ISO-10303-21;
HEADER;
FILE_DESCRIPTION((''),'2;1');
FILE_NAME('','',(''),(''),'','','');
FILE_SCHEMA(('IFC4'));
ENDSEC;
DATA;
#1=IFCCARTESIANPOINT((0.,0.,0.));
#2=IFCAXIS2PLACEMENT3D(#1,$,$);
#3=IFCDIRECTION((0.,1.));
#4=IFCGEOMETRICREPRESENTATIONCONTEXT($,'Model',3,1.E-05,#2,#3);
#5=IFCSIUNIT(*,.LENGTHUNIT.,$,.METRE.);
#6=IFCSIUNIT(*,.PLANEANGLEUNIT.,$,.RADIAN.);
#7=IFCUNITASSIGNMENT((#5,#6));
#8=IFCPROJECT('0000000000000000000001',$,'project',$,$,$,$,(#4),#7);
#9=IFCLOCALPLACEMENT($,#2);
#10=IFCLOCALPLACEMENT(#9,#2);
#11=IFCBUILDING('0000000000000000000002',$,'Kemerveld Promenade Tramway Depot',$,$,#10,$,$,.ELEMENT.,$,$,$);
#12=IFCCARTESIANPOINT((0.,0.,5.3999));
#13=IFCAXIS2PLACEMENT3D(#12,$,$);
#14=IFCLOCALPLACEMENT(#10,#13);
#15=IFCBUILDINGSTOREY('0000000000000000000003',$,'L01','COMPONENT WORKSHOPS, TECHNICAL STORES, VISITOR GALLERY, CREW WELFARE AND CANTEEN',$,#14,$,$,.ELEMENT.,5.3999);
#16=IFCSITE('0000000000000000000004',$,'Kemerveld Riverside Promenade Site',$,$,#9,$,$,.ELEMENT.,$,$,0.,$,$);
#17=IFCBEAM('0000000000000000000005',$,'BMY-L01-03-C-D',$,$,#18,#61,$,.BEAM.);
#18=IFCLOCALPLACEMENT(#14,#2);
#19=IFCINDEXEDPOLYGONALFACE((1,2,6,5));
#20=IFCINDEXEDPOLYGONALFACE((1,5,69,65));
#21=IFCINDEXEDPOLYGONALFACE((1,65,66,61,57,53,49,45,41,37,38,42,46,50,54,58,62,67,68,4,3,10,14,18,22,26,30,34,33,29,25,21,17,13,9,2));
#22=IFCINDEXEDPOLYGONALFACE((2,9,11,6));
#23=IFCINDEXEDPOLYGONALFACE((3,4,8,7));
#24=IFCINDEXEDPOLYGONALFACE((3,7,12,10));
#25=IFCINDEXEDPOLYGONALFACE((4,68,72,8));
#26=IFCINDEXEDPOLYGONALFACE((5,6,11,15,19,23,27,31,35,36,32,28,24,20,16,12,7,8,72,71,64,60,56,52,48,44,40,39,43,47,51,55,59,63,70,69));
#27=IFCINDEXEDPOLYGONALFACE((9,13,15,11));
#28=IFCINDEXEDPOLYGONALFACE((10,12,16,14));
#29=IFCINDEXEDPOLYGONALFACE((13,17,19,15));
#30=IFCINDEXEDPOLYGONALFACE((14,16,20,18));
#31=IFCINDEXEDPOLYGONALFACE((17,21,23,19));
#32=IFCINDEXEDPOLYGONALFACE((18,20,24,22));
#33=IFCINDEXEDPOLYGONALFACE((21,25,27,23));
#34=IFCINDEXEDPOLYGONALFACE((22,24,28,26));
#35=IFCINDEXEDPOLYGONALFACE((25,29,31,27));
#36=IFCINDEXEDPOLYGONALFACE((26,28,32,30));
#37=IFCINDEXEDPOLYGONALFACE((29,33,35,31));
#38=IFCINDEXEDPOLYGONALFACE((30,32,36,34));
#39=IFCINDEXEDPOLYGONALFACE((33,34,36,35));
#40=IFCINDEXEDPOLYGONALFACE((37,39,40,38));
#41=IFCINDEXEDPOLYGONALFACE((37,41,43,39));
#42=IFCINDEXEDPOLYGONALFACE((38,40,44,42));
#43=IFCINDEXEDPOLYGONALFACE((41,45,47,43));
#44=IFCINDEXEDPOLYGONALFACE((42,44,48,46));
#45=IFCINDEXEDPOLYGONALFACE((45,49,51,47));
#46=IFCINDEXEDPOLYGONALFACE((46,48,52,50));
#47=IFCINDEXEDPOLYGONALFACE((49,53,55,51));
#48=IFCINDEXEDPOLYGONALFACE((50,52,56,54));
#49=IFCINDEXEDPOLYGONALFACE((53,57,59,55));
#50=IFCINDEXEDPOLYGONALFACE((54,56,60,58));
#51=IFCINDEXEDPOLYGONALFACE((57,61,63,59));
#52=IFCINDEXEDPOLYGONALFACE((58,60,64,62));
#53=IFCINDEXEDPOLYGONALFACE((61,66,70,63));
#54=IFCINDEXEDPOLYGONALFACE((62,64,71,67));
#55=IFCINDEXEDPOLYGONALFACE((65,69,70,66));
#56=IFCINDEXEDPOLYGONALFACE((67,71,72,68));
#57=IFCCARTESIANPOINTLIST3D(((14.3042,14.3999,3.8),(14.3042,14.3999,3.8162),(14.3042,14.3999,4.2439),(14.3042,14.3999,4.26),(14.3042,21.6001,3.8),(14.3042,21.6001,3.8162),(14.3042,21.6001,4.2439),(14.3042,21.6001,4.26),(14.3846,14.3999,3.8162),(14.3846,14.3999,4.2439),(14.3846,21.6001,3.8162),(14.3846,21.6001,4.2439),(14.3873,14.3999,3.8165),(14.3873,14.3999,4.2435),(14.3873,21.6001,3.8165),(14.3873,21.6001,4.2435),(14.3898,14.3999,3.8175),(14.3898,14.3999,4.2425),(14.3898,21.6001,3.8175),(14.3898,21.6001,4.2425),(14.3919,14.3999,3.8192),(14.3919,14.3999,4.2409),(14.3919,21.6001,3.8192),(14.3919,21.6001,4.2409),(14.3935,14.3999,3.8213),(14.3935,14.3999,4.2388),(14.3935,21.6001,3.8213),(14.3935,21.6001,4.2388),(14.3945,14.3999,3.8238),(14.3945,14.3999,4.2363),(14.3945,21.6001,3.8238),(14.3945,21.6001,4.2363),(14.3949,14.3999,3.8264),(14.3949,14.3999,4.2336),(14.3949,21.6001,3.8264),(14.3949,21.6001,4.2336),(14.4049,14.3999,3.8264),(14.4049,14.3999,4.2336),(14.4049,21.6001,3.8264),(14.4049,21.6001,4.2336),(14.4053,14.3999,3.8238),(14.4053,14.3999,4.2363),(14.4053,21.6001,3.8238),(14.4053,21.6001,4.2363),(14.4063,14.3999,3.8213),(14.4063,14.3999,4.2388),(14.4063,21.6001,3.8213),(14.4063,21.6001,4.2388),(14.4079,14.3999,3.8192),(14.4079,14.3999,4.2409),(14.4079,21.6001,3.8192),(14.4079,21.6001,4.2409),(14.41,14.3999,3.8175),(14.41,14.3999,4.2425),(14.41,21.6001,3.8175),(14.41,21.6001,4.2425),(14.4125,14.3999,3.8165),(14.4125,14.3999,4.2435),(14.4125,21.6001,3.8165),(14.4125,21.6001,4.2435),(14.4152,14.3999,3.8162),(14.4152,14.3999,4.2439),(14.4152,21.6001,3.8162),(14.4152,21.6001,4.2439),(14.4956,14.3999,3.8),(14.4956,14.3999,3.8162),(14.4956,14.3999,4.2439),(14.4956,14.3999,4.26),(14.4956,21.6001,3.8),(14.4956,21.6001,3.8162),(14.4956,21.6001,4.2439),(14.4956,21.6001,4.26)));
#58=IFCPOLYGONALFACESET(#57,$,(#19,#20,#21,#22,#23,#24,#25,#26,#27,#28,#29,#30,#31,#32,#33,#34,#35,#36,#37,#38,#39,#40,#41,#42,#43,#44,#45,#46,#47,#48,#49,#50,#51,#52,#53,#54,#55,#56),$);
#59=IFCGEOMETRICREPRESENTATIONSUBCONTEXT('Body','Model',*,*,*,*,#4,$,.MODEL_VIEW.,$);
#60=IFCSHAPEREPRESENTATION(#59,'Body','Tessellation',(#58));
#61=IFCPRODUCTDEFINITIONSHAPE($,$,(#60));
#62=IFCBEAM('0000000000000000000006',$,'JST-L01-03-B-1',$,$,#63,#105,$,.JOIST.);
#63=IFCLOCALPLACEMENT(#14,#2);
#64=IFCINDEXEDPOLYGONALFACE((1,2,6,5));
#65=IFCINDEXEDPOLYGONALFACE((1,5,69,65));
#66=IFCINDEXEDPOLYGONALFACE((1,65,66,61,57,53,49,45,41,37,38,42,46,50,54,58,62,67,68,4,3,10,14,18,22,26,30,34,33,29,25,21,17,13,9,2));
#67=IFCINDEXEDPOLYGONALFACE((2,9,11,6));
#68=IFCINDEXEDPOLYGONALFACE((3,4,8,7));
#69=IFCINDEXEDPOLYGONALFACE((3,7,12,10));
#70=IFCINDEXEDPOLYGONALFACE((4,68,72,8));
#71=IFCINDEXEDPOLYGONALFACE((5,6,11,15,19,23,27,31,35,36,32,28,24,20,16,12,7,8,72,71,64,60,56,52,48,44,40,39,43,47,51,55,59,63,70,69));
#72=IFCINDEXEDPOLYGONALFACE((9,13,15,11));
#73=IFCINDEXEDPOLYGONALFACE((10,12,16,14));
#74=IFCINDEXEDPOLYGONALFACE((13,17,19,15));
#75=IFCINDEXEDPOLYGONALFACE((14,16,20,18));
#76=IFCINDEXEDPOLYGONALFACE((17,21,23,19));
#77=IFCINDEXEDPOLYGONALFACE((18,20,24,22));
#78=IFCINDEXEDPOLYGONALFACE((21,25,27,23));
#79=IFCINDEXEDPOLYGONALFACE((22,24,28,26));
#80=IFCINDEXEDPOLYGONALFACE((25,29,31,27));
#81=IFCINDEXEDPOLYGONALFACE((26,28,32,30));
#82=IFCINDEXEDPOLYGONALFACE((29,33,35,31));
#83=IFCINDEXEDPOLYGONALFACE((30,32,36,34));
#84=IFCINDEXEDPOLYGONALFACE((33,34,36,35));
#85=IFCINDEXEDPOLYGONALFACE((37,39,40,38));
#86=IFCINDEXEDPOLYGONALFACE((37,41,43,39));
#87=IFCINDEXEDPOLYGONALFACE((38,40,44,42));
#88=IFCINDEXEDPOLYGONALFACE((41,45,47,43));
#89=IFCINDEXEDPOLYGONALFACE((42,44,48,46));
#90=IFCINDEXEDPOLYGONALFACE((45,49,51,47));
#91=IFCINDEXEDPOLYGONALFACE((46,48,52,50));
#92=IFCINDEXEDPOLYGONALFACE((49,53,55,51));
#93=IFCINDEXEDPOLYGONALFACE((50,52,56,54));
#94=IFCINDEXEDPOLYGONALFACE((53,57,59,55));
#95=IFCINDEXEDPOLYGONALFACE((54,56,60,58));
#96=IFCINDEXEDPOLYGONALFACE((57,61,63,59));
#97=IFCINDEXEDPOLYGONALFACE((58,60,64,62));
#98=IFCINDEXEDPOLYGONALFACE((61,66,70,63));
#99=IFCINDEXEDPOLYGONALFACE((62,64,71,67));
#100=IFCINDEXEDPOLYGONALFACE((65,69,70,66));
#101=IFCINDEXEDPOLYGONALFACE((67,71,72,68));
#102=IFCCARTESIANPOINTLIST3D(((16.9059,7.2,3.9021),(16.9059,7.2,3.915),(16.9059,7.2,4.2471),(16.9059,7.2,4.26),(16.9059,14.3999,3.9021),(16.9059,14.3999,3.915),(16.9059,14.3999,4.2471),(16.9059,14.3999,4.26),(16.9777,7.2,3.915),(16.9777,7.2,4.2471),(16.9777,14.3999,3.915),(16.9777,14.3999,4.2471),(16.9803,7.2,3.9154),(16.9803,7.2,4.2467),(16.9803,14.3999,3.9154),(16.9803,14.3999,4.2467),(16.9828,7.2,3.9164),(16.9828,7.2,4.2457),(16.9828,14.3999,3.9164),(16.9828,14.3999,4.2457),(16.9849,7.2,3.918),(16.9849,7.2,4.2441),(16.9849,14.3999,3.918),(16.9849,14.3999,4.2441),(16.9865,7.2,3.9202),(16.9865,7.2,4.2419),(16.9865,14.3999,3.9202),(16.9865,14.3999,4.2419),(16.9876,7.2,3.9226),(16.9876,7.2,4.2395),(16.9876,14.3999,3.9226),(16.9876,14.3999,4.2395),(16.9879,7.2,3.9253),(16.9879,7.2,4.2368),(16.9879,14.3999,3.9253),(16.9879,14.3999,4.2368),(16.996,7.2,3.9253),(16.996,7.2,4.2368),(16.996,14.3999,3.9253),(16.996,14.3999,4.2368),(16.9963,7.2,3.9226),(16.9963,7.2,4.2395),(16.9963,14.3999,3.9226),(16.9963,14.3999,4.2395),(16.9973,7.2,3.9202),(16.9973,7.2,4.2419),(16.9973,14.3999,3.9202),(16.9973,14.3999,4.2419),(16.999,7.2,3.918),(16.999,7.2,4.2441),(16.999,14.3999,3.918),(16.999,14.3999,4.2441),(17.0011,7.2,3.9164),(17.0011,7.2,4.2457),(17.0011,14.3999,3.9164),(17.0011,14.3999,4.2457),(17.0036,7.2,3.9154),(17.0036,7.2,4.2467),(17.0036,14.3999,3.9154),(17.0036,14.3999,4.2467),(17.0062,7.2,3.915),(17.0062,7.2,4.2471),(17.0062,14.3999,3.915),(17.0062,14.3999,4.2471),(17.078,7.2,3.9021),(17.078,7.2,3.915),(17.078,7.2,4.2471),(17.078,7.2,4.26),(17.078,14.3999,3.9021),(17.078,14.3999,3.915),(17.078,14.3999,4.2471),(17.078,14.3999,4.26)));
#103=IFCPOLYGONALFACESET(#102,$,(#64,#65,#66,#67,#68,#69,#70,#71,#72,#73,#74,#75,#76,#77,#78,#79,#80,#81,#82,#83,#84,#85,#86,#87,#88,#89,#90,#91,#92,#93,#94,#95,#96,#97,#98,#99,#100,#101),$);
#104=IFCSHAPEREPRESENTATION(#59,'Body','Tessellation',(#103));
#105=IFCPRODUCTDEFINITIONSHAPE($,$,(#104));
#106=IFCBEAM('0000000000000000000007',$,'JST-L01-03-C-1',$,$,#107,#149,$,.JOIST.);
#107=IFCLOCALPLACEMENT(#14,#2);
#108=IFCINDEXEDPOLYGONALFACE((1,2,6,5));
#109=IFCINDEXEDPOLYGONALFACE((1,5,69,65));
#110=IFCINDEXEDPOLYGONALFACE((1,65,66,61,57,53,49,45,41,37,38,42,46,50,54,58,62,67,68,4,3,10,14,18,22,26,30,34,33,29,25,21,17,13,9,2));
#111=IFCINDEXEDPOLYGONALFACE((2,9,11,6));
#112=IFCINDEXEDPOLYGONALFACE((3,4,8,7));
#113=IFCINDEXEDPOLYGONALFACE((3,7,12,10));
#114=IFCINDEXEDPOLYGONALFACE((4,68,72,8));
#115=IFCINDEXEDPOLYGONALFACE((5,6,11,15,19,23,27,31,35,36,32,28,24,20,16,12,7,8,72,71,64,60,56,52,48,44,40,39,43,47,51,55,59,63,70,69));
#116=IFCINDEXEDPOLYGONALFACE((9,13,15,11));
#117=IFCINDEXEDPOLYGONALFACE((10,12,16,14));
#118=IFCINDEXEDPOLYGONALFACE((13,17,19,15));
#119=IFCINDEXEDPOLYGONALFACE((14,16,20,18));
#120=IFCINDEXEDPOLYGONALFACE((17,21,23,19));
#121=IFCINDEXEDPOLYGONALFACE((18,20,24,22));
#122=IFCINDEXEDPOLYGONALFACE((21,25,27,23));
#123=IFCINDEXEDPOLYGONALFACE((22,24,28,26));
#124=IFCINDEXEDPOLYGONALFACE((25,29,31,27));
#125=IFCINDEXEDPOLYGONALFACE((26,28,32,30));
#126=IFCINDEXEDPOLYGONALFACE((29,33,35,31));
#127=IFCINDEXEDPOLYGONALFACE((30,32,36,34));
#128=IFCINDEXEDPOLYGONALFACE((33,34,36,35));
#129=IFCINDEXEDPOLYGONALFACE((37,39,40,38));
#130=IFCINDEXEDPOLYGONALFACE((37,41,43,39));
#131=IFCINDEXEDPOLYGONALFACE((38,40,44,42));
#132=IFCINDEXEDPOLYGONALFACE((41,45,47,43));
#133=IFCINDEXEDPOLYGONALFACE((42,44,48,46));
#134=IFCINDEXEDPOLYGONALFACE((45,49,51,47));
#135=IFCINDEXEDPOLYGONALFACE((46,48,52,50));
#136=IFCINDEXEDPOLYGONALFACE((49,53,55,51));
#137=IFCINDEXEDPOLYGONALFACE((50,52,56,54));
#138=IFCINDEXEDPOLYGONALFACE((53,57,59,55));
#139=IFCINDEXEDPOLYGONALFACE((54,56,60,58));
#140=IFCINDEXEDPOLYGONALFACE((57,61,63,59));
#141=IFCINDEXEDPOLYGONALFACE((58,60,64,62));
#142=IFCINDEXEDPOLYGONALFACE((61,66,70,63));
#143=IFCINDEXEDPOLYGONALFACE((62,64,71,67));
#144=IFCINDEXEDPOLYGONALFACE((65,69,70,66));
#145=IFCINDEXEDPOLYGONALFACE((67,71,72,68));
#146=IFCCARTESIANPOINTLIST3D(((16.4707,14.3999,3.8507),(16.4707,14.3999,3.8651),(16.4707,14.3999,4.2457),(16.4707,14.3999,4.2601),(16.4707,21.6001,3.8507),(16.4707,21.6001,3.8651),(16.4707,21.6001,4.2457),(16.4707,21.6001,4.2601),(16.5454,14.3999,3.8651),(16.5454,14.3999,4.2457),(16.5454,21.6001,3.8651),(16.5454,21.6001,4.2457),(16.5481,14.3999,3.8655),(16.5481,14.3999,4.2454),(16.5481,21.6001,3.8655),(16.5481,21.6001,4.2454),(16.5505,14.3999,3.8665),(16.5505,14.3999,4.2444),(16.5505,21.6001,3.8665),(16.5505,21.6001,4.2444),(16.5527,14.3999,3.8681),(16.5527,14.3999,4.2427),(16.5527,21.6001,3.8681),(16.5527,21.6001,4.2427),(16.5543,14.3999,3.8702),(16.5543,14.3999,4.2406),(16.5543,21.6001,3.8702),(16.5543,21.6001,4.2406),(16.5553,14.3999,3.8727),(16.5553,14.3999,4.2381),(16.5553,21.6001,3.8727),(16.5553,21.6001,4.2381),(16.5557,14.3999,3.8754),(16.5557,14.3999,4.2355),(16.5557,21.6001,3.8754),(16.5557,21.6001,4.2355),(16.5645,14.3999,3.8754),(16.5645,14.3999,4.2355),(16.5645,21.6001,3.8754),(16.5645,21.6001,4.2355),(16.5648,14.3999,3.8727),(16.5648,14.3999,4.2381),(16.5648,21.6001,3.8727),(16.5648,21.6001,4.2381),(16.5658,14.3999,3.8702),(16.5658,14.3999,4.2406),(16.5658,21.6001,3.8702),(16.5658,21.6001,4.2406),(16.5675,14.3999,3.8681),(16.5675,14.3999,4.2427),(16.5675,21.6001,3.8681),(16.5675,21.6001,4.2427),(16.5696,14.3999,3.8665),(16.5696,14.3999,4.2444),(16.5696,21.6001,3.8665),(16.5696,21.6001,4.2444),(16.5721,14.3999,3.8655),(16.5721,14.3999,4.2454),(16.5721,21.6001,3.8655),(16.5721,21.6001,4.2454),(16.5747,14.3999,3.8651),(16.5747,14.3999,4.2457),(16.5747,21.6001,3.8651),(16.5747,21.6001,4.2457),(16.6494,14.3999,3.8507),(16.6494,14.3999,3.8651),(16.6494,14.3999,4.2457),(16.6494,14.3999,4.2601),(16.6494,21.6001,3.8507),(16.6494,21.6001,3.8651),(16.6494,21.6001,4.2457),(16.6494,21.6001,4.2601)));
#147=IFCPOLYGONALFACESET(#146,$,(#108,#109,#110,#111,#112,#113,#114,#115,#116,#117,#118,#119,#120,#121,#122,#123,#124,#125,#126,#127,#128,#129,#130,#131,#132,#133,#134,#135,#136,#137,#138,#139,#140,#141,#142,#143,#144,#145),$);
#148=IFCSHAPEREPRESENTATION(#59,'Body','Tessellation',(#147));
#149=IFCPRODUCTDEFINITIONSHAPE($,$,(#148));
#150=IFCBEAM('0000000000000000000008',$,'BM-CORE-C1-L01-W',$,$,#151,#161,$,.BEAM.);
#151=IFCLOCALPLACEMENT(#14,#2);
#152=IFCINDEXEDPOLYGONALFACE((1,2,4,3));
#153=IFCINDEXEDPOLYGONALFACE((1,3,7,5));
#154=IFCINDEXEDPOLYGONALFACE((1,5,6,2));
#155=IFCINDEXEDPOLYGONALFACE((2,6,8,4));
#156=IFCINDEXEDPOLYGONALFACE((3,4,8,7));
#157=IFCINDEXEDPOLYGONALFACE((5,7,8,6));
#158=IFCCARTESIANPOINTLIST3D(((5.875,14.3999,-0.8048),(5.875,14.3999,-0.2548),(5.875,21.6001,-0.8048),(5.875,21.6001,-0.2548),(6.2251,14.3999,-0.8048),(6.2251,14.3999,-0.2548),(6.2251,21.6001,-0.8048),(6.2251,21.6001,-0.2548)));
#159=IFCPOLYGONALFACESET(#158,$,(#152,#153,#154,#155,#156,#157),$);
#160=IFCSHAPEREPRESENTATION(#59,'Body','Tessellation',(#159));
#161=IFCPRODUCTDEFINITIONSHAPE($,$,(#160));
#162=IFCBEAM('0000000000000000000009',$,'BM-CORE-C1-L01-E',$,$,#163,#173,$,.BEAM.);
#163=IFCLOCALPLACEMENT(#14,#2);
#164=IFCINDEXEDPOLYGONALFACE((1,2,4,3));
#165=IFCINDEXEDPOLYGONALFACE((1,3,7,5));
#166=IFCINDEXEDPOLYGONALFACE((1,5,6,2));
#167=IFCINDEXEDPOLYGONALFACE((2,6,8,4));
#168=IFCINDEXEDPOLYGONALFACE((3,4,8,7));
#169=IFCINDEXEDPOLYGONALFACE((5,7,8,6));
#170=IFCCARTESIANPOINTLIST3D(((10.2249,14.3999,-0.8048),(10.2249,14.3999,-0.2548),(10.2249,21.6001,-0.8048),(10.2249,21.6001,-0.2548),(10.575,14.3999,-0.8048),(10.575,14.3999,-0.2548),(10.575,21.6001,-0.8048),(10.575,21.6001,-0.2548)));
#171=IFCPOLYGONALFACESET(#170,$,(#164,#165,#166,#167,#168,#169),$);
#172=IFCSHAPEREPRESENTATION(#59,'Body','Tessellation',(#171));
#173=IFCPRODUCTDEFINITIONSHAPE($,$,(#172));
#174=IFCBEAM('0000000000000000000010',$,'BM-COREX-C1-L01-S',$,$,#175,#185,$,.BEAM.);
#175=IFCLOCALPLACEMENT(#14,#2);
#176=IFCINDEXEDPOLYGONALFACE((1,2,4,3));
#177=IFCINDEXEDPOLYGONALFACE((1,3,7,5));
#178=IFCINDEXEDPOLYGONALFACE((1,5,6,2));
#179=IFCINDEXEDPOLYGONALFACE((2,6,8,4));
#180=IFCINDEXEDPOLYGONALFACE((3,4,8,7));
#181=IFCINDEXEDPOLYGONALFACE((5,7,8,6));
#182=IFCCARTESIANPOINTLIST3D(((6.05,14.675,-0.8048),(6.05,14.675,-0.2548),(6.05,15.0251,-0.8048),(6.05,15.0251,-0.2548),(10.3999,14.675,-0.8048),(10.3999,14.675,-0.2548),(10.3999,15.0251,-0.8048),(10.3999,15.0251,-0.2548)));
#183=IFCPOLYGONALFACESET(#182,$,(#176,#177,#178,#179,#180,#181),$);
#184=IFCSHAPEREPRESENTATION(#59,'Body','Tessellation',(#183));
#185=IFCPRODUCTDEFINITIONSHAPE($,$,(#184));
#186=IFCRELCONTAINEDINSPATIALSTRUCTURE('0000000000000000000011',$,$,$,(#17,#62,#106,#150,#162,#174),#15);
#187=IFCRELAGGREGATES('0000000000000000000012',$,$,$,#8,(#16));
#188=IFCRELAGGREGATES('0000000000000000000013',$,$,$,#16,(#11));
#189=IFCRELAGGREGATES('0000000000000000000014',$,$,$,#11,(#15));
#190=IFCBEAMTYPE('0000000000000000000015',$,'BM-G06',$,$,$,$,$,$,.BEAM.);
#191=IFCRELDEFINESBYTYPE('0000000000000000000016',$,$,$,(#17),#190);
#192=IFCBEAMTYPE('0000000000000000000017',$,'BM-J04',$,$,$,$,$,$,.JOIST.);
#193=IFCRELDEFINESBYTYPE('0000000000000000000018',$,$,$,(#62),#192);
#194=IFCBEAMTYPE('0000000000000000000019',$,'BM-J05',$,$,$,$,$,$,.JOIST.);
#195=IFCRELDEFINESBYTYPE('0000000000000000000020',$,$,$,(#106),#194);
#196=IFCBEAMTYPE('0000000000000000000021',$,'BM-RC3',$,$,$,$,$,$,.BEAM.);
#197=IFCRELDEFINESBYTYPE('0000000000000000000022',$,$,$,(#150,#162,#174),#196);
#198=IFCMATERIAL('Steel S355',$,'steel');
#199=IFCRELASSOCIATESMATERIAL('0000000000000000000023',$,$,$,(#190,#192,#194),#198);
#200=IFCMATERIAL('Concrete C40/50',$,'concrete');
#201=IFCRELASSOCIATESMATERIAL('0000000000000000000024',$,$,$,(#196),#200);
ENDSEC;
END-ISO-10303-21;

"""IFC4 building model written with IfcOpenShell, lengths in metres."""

from ifc_helpers import new_model, si_unit, direction, frame, origin, origin_2d, place, context, subcontext, project, spatial, rectangle, i_section, extrude, material, material_profile, profile_set, type_object, element, save


model = new_model("IFC4")

# Units and contexts
model_context = context("Model", 3, precision=1e-05, world=origin(), true_north=direction((0.0, 1.0)))
body_context = subcontext(model_context, "Body", "Model", "MODEL_VIEW")
ifc_project = project(units=[si_unit("LENGTHUNIT", "METRE"), si_unit("PLANEANGLEUNIT", "RADIAN")], contexts=[model_context])

# Site, building, storey
site_placement = place(None, origin())
site = spatial("IfcSite", under=ifc_project, at=site_placement, Name="Kemerveld Riverside Promenade Site", CompositionType="ELEMENT", RefElevation=0.0)
building_placement = place(site_placement, origin())
building = spatial("IfcBuilding", under=site, at=building_placement, Name="Kemerveld Promenade Tramway Depot", CompositionType="ELEMENT")
storey_placement = place(building_placement, frame((0.0, 0.0, 5.3999)))
storey = spatial("IfcBuildingStorey", under=building, at=storey_placement, Name="L01", Description="COMPONENT WORKSHOPS, TECHNICAL STORES, VISITOR GALLERY, CREW WELFARE AND CANTEEN", CompositionType="ELEMENT", Elevation=5.3999)

# Shared definitions
ifc_material_1 = material(Name="Steel S355", Category="steel")

# Beams
ifc_material_profile_1 = material_profile(ifc_material_1, i_section(OverallWidth=0.1914, OverallDepth=0.46, WebThickness=0.01, FlangeThickness=0.0161, FilletRadius=0.0103, at=origin_2d()), Name="457x191x82 UB")
ifc_profile_set_1 = profile_set([ifc_material_profile_1], Name="Steel S355")
beam_type_1 = type_object("IfcBeamType", Name="BM-G06", PredefinedType="BEAM", material=ifc_profile_set_1)
for number, where, z_axis, x_axis, name in (
    (1, (14.3999, 14.3999, 4.03), (0.0, 1.0, 0.0), (-1.0, 0.0, 0.0), "BMY-L01-03-C-D"),
):
    element("IfcBeam", number, at=place(storey_placement, frame(where, z_axis=z_axis, x_axis=x_axis)), inside=storey, type_object=beam_type_1, Name=name, PredefinedType="BEAM", context=body_context, shape_type="SweptSolid", body=[
        extrude(i_section(OverallWidth=0.1914, OverallDepth=0.46, WebThickness=0.01, FlangeThickness=0.0161, FilletRadius=0.0103, at=origin_2d()), origin(), (0.0, 0.0, 1.0), 7.2002),
    ])
ifc_material_profile_2 = material_profile(ifc_material_1, i_section(OverallWidth=0.1721, OverallDepth=0.3579, WebThickness=0.0081, FlangeThickness=0.0129, FilletRadius=0.0103, at=origin_2d()), Name="356x171x57 UB")
ifc_profile_set_2 = profile_set([ifc_material_profile_2], Name="Steel S355")
beam_type_2 = type_object("IfcBeamType", Name="BM-J04", PredefinedType="JOIST", material=ifc_profile_set_2)
beam_1_placement = place(storey_placement, frame((16.9919, 7.2, 4.0811), z_axis=(0.0, 1.0, 0.0), x_axis=(-1.0, 0.0, 0.0)))
element("IfcBeam", 2, at=beam_1_placement, inside=storey, type_object=beam_type_2, Name="JST-L01-03-B-1", PredefinedType="JOIST", context=body_context, shape_type="SweptSolid", body=[
    extrude(i_section(OverallWidth=0.1721, OverallDepth=0.3579, WebThickness=0.0081, FlangeThickness=0.0129, FilletRadius=0.0103, at=origin_2d()), origin(), (0.0, 0.0, 1.0), 7.2),
])
ifc_material_profile_3 = material_profile(ifc_material_1, i_section(OverallWidth=0.1787, OverallDepth=0.4094, WebThickness=0.0088, FlangeThickness=0.0144, FilletRadius=0.0103, at=origin_2d()), Name="406x178x67 UB")
ifc_profile_set_3 = profile_set([ifc_material_profile_3], Name="Steel S355")
beam_type_3 = type_object("IfcBeamType", Name="BM-J05", PredefinedType="JOIST", material=ifc_profile_set_3)
beam_2_placement = place(storey_placement, frame((16.5601, 14.3999, 4.0554), z_axis=(0.0, 1.0, 0.0), x_axis=(-1.0, 0.0, 0.0)))
element("IfcBeam", 3, at=beam_2_placement, inside=storey, type_object=beam_type_3, Name="JST-L01-03-C-1", PredefinedType="JOIST", context=body_context, shape_type="SweptSolid", body=[
    extrude(i_section(OverallWidth=0.1787, OverallDepth=0.4094, WebThickness=0.0088, FlangeThickness=0.0144, FilletRadius=0.0103, at=origin_2d()), origin(), (0.0, 0.0, 1.0), 7.2002),
])
ifc_material_2 = material(Name="Concrete C40/50", Category="concrete")
ifc_material_profile_4 = material_profile(ifc_material_2, rectangle(XDim=0.3501, YDim=0.55, at=origin_2d()), Name="RC-BM-350x550")
ifc_profile_set_4 = profile_set([ifc_material_profile_4], Name="Concrete C40/50")
beam_type_4 = type_object("IfcBeamType", Name="BM-RC3", PredefinedType="BEAM", material=ifc_profile_set_4)
for number, where, z_axis, x_axis, name in (
    (4, (6.05, 14.3999, -0.5298), (0.0, 1.0, 0.0), (-1.0, 0.0, 0.0), "BM-CORE-C1-L01-W"),
    (5, (10.3999, 14.3999, -0.5298), (0.0, 1.0, 0.0), (-1.0, 0.0, 0.0), "BM-CORE-C1-L01-E"),
):
    element("IfcBeam", number, at=place(storey_placement, frame(where, z_axis=z_axis, x_axis=x_axis)), inside=storey, type_object=beam_type_4, Name=name, PredefinedType="BEAM", context=body_context, shape_type="SweptSolid", body=[
        extrude(rectangle(XDim=0.3501, YDim=0.55, at=origin_2d()), origin(), (0.0, 0.0, 1.0), 7.2002),
    ])
for number, where, z_axis, x_axis, name in (
    (6, (6.05, 14.8501, -0.5298), (1.0, 0.0, 0.0), (0.0, 1.0, 0.0), "BM-COREX-C1-L01-S"),
):
    element("IfcBeam", number, at=place(storey_placement, frame(where, z_axis=z_axis, x_axis=x_axis)), inside=storey, type_object=beam_type_4, Name=name, PredefinedType="BEAM", context=body_context, shape_type="SweptSolid", body=[
        extrude(rectangle(XDim=0.3501, YDim=0.55, at=origin_2d()), origin(), (0.0, 0.0, 1.0), 4.3499),
    ])

save(model, "model.ifc")
